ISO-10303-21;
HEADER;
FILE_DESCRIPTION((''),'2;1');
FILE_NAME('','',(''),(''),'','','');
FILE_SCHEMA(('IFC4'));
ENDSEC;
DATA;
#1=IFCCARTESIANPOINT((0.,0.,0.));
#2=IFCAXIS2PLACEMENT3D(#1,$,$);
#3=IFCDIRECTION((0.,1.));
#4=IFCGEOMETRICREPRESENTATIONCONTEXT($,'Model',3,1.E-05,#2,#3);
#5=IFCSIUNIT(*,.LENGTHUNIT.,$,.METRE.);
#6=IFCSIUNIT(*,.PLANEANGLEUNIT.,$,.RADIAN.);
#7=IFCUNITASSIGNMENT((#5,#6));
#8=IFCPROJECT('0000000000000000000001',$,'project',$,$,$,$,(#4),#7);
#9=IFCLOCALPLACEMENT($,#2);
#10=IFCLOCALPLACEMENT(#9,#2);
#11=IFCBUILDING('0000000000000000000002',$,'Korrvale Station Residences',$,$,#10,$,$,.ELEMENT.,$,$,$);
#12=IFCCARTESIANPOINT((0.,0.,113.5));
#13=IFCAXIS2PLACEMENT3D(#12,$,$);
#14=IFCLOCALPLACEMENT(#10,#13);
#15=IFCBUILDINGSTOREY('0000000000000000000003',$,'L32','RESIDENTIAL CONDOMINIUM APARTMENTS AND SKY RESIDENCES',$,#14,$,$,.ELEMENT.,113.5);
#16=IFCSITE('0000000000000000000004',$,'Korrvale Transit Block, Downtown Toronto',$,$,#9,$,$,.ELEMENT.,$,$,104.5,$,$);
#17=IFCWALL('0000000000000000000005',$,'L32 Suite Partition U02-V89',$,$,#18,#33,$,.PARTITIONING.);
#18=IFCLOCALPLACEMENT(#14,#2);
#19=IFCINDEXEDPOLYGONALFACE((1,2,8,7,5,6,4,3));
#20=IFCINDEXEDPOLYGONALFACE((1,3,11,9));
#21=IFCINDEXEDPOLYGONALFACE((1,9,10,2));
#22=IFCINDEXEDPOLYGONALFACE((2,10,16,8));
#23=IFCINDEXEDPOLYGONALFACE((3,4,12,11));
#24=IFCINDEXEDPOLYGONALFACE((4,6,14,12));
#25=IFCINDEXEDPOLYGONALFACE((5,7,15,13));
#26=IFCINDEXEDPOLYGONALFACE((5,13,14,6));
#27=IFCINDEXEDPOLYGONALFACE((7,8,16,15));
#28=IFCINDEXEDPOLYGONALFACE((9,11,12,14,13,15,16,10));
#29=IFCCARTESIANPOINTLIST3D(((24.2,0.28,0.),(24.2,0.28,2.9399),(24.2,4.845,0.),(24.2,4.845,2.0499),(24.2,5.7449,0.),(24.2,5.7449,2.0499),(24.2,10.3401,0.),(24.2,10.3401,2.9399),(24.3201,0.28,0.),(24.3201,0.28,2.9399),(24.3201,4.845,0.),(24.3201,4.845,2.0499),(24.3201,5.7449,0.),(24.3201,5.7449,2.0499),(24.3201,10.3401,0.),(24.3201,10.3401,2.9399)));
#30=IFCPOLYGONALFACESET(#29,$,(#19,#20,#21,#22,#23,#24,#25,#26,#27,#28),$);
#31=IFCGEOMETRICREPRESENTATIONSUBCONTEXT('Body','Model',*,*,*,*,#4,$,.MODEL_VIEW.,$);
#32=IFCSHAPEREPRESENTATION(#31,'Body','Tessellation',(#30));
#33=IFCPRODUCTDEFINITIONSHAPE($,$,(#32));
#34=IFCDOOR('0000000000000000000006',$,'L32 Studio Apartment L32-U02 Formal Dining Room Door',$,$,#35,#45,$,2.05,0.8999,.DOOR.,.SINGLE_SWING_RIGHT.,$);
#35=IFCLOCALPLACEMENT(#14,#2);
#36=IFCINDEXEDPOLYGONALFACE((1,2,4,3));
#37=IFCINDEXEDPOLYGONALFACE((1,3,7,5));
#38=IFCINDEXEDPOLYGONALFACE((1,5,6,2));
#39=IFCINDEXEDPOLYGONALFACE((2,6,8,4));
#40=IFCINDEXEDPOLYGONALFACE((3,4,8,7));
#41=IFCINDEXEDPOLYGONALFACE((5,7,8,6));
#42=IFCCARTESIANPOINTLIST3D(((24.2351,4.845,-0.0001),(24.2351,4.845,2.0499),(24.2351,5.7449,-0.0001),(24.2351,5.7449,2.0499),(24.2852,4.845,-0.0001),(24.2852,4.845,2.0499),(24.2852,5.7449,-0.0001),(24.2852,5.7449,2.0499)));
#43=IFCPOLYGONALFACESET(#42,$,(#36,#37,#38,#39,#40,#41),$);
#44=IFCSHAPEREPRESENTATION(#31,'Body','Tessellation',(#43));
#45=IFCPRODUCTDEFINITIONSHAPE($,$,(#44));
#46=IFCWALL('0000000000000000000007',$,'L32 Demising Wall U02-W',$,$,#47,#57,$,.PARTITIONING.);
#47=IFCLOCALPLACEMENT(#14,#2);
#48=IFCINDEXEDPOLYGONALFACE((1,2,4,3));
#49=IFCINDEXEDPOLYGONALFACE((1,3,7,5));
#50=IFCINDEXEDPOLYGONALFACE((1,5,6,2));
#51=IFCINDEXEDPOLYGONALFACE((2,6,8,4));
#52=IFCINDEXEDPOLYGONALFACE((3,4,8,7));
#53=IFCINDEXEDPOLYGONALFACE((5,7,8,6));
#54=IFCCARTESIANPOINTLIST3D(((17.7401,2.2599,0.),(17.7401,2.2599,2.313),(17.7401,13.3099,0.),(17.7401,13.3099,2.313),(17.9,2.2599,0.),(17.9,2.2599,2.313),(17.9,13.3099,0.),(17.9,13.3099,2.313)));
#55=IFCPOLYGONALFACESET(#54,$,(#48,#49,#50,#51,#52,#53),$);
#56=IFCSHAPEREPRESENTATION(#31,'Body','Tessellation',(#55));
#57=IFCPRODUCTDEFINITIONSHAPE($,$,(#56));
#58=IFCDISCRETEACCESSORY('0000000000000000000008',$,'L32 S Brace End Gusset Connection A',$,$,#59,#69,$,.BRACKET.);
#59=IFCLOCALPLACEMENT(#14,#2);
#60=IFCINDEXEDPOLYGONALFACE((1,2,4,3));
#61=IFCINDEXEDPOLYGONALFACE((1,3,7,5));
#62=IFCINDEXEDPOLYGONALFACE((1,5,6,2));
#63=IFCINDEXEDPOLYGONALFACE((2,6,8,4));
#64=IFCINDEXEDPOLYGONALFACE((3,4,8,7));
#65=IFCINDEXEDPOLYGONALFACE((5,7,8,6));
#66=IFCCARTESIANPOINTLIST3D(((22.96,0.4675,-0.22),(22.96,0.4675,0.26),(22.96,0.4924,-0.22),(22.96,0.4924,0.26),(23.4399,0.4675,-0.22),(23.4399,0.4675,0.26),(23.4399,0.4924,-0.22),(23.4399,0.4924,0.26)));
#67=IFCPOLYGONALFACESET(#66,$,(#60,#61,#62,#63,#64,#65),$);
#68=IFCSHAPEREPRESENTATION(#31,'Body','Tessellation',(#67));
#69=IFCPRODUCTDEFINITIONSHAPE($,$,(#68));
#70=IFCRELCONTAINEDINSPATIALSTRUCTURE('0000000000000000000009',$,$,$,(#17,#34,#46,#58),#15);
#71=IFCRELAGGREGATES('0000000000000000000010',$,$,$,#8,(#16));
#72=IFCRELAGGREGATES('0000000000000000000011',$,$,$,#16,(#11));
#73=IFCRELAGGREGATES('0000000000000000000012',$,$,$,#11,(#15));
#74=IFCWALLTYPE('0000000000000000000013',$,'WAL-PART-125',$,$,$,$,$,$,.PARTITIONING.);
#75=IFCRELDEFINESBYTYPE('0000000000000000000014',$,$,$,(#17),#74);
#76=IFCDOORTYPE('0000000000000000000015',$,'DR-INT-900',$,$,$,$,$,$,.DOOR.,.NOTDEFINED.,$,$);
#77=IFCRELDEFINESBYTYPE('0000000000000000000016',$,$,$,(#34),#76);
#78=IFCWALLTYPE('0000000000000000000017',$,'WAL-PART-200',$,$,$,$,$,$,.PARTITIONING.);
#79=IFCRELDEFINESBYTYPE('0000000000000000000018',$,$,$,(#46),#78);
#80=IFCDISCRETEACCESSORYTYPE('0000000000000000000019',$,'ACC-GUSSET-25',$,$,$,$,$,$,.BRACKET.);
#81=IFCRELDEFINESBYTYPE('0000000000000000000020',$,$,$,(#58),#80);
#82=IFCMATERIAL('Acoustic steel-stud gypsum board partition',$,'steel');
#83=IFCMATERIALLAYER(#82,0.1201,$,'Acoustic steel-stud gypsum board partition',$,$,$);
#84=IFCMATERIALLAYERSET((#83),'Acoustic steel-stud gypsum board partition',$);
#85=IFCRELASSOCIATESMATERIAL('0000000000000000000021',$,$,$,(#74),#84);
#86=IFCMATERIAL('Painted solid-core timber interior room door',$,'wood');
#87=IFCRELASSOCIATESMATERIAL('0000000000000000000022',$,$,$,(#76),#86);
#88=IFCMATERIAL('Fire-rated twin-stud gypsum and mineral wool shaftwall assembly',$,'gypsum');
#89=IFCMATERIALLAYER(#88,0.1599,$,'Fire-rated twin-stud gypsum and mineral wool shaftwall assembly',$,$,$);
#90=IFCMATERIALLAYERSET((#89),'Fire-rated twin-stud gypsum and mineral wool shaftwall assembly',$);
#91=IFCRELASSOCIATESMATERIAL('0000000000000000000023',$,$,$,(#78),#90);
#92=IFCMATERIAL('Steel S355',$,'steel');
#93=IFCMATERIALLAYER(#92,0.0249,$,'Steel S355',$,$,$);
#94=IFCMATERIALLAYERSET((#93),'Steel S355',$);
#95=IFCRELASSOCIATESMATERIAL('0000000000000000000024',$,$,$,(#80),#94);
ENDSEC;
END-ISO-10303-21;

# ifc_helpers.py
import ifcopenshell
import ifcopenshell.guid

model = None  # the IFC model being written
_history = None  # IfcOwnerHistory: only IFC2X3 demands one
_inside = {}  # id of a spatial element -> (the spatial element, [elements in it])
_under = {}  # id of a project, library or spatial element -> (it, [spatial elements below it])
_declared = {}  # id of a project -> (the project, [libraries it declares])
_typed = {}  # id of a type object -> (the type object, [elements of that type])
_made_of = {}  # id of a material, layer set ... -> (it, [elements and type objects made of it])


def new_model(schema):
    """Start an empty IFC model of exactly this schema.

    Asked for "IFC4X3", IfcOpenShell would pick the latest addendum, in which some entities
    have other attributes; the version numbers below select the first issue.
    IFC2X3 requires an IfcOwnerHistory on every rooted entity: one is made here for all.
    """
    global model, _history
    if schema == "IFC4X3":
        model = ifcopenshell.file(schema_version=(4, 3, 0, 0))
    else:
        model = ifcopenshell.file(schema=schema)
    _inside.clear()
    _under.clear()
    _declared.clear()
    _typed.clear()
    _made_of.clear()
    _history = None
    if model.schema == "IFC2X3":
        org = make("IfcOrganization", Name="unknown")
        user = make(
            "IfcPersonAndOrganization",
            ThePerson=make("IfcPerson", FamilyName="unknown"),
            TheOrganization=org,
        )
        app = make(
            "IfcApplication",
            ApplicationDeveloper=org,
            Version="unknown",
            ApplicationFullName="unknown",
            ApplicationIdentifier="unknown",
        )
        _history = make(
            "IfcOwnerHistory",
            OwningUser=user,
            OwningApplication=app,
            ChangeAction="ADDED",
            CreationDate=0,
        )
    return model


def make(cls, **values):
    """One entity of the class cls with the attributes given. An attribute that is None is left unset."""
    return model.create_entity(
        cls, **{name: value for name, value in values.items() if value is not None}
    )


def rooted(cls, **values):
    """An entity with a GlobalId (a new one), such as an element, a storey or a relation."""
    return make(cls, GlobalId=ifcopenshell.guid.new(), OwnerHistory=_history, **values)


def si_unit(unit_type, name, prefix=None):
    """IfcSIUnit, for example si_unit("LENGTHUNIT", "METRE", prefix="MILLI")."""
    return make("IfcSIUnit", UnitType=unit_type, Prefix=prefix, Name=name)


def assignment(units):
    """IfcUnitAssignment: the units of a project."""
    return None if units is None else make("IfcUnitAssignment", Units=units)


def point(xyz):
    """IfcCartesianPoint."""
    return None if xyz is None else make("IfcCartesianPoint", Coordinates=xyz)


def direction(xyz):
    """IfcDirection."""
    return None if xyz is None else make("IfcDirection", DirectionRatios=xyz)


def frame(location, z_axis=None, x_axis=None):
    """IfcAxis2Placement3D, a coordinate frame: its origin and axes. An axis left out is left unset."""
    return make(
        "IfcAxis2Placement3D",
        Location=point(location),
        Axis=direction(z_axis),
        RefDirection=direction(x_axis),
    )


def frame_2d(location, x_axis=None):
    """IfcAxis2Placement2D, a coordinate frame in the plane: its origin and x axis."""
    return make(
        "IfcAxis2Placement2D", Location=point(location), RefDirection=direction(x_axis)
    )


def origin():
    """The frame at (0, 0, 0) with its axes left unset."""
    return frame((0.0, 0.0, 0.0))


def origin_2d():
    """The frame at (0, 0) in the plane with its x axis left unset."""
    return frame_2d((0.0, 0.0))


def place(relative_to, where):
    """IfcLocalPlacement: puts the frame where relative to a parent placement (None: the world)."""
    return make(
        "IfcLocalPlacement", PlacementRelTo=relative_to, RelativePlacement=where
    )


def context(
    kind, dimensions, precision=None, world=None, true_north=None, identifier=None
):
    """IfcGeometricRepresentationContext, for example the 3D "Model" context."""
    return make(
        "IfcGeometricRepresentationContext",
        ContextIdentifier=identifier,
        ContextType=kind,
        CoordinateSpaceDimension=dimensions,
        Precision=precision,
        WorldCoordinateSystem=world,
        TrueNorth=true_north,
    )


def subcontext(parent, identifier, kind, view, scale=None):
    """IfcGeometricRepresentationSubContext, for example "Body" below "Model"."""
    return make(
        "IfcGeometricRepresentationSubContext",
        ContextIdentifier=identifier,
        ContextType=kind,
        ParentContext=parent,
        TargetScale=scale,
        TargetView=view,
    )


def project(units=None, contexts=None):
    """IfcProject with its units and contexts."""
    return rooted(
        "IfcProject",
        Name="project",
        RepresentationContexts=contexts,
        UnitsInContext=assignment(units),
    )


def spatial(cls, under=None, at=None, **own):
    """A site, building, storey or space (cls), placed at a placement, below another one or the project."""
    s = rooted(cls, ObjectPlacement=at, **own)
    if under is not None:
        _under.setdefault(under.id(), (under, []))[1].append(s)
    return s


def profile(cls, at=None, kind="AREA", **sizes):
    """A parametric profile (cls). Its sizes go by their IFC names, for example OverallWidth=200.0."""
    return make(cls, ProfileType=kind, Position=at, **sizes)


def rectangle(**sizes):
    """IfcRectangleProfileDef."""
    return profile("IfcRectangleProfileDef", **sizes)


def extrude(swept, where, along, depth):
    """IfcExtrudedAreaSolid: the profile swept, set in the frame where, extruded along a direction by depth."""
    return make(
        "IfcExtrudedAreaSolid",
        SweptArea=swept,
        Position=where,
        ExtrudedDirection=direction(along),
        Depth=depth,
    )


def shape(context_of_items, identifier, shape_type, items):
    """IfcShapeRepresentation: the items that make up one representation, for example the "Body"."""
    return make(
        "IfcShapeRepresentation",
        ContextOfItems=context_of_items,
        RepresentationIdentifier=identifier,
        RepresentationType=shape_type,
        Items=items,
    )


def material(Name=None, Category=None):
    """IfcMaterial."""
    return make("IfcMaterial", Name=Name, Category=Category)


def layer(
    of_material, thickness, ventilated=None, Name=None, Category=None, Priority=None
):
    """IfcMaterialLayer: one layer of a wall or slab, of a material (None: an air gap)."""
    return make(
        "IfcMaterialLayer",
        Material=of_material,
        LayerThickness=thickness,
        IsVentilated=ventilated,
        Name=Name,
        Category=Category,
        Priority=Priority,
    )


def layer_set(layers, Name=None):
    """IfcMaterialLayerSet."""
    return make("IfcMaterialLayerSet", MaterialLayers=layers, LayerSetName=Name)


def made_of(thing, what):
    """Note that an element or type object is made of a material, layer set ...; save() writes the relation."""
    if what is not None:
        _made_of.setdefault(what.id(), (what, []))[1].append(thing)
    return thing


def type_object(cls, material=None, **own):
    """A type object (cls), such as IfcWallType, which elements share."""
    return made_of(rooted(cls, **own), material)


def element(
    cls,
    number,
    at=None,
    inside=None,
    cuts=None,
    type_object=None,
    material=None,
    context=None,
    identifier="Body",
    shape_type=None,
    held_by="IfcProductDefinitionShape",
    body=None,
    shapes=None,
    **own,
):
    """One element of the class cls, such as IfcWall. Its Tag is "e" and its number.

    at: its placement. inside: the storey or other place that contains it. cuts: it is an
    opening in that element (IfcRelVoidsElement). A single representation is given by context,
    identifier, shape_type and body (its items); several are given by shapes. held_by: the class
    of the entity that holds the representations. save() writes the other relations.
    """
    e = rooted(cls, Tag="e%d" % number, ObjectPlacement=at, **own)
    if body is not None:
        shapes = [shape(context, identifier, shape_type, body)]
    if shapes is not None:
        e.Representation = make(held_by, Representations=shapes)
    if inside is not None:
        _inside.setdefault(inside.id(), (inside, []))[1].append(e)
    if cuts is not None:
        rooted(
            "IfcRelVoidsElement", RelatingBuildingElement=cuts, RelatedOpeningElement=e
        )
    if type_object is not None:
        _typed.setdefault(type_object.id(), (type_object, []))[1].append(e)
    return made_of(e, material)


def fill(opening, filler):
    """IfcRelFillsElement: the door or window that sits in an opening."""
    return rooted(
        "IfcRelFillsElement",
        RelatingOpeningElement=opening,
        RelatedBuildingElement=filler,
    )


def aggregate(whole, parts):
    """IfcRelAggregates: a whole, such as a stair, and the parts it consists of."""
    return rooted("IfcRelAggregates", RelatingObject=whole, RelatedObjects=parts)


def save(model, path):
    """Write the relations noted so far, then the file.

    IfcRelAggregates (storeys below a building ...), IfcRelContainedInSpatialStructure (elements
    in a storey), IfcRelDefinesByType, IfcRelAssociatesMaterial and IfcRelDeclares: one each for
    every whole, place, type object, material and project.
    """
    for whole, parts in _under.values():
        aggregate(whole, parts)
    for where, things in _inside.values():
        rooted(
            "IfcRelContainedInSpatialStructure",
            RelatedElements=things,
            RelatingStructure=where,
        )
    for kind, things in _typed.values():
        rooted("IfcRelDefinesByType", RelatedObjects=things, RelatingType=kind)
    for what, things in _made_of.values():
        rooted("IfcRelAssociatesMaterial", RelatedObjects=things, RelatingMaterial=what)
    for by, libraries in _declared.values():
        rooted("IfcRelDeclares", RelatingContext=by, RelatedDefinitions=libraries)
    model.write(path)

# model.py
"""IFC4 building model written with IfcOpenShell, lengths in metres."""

from ifc_helpers import new_model, si_unit, direction, frame, frame_2d, origin, origin_2d, place, context, subcontext, project, spatial, rectangle, extrude, material, layer, layer_set, type_object, element, fill, save


model = new_model("IFC4")

# Units and contexts
model_context = context("Model", 3, precision=1e-05, world=origin(), true_north=direction((0.0, 1.0)))
body_context = subcontext(model_context, "Body", "Model", "MODEL_VIEW")
ifc_project = project(units=[si_unit("LENGTHUNIT", "METRE"), si_unit("PLANEANGLEUNIT", "RADIAN")], contexts=[model_context])

# Site, building, storey
site_placement = place(None, origin())
site = spatial("IfcSite", under=ifc_project, at=site_placement, Name="Korrvale Transit Block, Downtown Toronto", CompositionType="ELEMENT", RefElevation=104.5)
building_placement = place(site_placement, origin())
building = spatial("IfcBuilding", under=site, at=building_placement, Name="Korrvale Station Residences", CompositionType="ELEMENT")
storey_placement = place(building_placement, frame((0.0, 0.0, 113.5)))
storey = spatial("IfcBuildingStorey", under=building, at=storey_placement, Name="L32", Description="RESIDENTIAL CONDOMINIUM APARTMENTS AND SKY RESIDENCES", CompositionType="ELEMENT", Elevation=113.5)

# Shared definitions
ifc_material_1 = material(Name="Steel S355", Category="steel")

# Shared definitions
ifc_material_2 = material(Name="Acoustic steel-stud gypsum board partition", Category="steel")
ifc_layer_1 = layer(ifc_material_2, 0.1201, Name="Acoustic steel-stud gypsum board partition")
ifc_layer_set_1 = layer_set([ifc_layer_1], Name="Acoustic steel-stud gypsum board partition")
wall_type_1 = type_object("IfcWallType", Name="WAL-PART-125", PredefinedType="PARTITIONING", material=ifc_layer_set_1)

# Shared definitions
ifc_material_3 = material(Name="Painted solid-core timber interior room door", Category="wood")
door_type_1 = type_object("IfcDoorType", Name="DR-INT-900", OperationType="NOTDEFINED", PredefinedType="DOOR", material=ifc_material_3)

# Wall, opening, door
wall_1_placement = place(storey_placement, frame((24.26, 0.28, 0.0), z_axis=(0.0, 0.0, 1.0), x_axis=(0.0, 1.0, 0.0)))
wall_1 = element("IfcWall", 1, at=wall_1_placement, inside=storey, type_object=wall_type_1, Name="L32 Suite Partition U02-V89", PredefinedType="PARTITIONING", context=body_context, shape_type="SweptSolid", body=[
    extrude(rectangle(XDim=10.0601, YDim=0.1201, at=frame_2d((5.03, 0.0))), origin(), (0.0, 0.0, 1.0), 2.9399),
])
opening_1_placement = place(wall_1_placement, frame((4.5649, 0.0, 0.0)))
opening_1 = element("IfcOpeningElement", 2, at=opening_1_placement, cuts=wall_1, PredefinedType="OPENING", context=body_context, shape_type="SweptSolid", body=[
    extrude(rectangle(XDim=0.8999, YDim=2.05, at=frame_2d((0.45, 1.0249))), frame((0.0, 0.0701, 0.0), z_axis=(0.0, -1.0, 0.0), x_axis=(1.0, 0.0, 0.0)), (0.0, 0.0, 1.0), 0.1401),
])
door_1_placement = place(opening_1_placement, origin())
door_1 = element("IfcDoor", 3, at=door_1_placement, inside=storey, type_object=door_type_1, Name="L32 Studio Apartment L32-U02 Formal Dining Room Door", OperationType="SINGLE_SWING_RIGHT", OverallHeight=2.05, OverallWidth=0.8999, PredefinedType="DOOR", context=body_context, shape_type="SweptSolid", body=[
    extrude(rectangle(XDim=0.8999, YDim=2.05, at=frame_2d((0.45, 1.0249))), frame((0.0, 0.0249, 0.0), z_axis=(0.0, -1.0, 0.0), x_axis=(1.0, 0.0, 0.0)), (0.0, 0.0, 1.0), 0.05),
])
fill(opening_1, door_1)

# Wall
ifc_material_4 = material(Name="Fire-rated twin-stud gypsum and mineral wool shaftwall assembly", Category="gypsum")
ifc_layer_2 = layer(ifc_material_4, 0.1599, Name="Fire-rated twin-stud gypsum and mineral wool shaftwall assembly")
ifc_layer_set_2 = layer_set([ifc_layer_2], Name="Fire-rated twin-stud gypsum and mineral wool shaftwall assembly")
wall_type_2 = type_object("IfcWallType", Name="WAL-PART-200", PredefinedType="PARTITIONING", material=ifc_layer_set_2)
wall_2_placement = place(storey_placement, frame((17.8201, 2.26, 0.0), z_axis=(0.0, 0.0, 1.0), x_axis=(0.0, 1.0, 0.0)))
element("IfcWall", 4, at=wall_2_placement, inside=storey, type_object=wall_type_2, Name="L32 Demising Wall U02-W", PredefinedType="PARTITIONING", context=body_context, shape_type="SweptSolid", body=[
    extrude(rectangle(XDim=11.05, YDim=0.1599, at=frame_2d((5.5249, 0.0))), origin(), (0.0, 0.0, 1.0), 2.313),
])

# Discrete accessory
ifc_layer_3 = layer(ifc_material_1, 0.0249, Name="Steel S355")
ifc_layer_set_3 = layer_set([ifc_layer_3], Name="Steel S355")
discrete_accessory_type = type_object("IfcDiscreteAccessoryType", Name="ACC-GUSSET-25", PredefinedType="BRACKET", material=ifc_layer_set_3)
discrete_accessory_placement = place(storey_placement, frame((23.2, 0.48, -0.22), z_axis=(0.0, 0.0, 1.0), x_axis=(1.0, 0.0, 0.0)))
element("IfcDiscreteAccessory", 5, at=discrete_accessory_placement, inside=storey, type_object=discrete_accessory_type, Name="L32 S Brace End Gusset Connection A", PredefinedType="BRACKET", context=body_context, shape_type="SweptSolid", body=[
    extrude(rectangle(XDim=0.48, YDim=0.0249, at=origin_2d()), origin(), (0.0, 0.0, 1.0), 0.48),
])

save(model, "model.ifc")
